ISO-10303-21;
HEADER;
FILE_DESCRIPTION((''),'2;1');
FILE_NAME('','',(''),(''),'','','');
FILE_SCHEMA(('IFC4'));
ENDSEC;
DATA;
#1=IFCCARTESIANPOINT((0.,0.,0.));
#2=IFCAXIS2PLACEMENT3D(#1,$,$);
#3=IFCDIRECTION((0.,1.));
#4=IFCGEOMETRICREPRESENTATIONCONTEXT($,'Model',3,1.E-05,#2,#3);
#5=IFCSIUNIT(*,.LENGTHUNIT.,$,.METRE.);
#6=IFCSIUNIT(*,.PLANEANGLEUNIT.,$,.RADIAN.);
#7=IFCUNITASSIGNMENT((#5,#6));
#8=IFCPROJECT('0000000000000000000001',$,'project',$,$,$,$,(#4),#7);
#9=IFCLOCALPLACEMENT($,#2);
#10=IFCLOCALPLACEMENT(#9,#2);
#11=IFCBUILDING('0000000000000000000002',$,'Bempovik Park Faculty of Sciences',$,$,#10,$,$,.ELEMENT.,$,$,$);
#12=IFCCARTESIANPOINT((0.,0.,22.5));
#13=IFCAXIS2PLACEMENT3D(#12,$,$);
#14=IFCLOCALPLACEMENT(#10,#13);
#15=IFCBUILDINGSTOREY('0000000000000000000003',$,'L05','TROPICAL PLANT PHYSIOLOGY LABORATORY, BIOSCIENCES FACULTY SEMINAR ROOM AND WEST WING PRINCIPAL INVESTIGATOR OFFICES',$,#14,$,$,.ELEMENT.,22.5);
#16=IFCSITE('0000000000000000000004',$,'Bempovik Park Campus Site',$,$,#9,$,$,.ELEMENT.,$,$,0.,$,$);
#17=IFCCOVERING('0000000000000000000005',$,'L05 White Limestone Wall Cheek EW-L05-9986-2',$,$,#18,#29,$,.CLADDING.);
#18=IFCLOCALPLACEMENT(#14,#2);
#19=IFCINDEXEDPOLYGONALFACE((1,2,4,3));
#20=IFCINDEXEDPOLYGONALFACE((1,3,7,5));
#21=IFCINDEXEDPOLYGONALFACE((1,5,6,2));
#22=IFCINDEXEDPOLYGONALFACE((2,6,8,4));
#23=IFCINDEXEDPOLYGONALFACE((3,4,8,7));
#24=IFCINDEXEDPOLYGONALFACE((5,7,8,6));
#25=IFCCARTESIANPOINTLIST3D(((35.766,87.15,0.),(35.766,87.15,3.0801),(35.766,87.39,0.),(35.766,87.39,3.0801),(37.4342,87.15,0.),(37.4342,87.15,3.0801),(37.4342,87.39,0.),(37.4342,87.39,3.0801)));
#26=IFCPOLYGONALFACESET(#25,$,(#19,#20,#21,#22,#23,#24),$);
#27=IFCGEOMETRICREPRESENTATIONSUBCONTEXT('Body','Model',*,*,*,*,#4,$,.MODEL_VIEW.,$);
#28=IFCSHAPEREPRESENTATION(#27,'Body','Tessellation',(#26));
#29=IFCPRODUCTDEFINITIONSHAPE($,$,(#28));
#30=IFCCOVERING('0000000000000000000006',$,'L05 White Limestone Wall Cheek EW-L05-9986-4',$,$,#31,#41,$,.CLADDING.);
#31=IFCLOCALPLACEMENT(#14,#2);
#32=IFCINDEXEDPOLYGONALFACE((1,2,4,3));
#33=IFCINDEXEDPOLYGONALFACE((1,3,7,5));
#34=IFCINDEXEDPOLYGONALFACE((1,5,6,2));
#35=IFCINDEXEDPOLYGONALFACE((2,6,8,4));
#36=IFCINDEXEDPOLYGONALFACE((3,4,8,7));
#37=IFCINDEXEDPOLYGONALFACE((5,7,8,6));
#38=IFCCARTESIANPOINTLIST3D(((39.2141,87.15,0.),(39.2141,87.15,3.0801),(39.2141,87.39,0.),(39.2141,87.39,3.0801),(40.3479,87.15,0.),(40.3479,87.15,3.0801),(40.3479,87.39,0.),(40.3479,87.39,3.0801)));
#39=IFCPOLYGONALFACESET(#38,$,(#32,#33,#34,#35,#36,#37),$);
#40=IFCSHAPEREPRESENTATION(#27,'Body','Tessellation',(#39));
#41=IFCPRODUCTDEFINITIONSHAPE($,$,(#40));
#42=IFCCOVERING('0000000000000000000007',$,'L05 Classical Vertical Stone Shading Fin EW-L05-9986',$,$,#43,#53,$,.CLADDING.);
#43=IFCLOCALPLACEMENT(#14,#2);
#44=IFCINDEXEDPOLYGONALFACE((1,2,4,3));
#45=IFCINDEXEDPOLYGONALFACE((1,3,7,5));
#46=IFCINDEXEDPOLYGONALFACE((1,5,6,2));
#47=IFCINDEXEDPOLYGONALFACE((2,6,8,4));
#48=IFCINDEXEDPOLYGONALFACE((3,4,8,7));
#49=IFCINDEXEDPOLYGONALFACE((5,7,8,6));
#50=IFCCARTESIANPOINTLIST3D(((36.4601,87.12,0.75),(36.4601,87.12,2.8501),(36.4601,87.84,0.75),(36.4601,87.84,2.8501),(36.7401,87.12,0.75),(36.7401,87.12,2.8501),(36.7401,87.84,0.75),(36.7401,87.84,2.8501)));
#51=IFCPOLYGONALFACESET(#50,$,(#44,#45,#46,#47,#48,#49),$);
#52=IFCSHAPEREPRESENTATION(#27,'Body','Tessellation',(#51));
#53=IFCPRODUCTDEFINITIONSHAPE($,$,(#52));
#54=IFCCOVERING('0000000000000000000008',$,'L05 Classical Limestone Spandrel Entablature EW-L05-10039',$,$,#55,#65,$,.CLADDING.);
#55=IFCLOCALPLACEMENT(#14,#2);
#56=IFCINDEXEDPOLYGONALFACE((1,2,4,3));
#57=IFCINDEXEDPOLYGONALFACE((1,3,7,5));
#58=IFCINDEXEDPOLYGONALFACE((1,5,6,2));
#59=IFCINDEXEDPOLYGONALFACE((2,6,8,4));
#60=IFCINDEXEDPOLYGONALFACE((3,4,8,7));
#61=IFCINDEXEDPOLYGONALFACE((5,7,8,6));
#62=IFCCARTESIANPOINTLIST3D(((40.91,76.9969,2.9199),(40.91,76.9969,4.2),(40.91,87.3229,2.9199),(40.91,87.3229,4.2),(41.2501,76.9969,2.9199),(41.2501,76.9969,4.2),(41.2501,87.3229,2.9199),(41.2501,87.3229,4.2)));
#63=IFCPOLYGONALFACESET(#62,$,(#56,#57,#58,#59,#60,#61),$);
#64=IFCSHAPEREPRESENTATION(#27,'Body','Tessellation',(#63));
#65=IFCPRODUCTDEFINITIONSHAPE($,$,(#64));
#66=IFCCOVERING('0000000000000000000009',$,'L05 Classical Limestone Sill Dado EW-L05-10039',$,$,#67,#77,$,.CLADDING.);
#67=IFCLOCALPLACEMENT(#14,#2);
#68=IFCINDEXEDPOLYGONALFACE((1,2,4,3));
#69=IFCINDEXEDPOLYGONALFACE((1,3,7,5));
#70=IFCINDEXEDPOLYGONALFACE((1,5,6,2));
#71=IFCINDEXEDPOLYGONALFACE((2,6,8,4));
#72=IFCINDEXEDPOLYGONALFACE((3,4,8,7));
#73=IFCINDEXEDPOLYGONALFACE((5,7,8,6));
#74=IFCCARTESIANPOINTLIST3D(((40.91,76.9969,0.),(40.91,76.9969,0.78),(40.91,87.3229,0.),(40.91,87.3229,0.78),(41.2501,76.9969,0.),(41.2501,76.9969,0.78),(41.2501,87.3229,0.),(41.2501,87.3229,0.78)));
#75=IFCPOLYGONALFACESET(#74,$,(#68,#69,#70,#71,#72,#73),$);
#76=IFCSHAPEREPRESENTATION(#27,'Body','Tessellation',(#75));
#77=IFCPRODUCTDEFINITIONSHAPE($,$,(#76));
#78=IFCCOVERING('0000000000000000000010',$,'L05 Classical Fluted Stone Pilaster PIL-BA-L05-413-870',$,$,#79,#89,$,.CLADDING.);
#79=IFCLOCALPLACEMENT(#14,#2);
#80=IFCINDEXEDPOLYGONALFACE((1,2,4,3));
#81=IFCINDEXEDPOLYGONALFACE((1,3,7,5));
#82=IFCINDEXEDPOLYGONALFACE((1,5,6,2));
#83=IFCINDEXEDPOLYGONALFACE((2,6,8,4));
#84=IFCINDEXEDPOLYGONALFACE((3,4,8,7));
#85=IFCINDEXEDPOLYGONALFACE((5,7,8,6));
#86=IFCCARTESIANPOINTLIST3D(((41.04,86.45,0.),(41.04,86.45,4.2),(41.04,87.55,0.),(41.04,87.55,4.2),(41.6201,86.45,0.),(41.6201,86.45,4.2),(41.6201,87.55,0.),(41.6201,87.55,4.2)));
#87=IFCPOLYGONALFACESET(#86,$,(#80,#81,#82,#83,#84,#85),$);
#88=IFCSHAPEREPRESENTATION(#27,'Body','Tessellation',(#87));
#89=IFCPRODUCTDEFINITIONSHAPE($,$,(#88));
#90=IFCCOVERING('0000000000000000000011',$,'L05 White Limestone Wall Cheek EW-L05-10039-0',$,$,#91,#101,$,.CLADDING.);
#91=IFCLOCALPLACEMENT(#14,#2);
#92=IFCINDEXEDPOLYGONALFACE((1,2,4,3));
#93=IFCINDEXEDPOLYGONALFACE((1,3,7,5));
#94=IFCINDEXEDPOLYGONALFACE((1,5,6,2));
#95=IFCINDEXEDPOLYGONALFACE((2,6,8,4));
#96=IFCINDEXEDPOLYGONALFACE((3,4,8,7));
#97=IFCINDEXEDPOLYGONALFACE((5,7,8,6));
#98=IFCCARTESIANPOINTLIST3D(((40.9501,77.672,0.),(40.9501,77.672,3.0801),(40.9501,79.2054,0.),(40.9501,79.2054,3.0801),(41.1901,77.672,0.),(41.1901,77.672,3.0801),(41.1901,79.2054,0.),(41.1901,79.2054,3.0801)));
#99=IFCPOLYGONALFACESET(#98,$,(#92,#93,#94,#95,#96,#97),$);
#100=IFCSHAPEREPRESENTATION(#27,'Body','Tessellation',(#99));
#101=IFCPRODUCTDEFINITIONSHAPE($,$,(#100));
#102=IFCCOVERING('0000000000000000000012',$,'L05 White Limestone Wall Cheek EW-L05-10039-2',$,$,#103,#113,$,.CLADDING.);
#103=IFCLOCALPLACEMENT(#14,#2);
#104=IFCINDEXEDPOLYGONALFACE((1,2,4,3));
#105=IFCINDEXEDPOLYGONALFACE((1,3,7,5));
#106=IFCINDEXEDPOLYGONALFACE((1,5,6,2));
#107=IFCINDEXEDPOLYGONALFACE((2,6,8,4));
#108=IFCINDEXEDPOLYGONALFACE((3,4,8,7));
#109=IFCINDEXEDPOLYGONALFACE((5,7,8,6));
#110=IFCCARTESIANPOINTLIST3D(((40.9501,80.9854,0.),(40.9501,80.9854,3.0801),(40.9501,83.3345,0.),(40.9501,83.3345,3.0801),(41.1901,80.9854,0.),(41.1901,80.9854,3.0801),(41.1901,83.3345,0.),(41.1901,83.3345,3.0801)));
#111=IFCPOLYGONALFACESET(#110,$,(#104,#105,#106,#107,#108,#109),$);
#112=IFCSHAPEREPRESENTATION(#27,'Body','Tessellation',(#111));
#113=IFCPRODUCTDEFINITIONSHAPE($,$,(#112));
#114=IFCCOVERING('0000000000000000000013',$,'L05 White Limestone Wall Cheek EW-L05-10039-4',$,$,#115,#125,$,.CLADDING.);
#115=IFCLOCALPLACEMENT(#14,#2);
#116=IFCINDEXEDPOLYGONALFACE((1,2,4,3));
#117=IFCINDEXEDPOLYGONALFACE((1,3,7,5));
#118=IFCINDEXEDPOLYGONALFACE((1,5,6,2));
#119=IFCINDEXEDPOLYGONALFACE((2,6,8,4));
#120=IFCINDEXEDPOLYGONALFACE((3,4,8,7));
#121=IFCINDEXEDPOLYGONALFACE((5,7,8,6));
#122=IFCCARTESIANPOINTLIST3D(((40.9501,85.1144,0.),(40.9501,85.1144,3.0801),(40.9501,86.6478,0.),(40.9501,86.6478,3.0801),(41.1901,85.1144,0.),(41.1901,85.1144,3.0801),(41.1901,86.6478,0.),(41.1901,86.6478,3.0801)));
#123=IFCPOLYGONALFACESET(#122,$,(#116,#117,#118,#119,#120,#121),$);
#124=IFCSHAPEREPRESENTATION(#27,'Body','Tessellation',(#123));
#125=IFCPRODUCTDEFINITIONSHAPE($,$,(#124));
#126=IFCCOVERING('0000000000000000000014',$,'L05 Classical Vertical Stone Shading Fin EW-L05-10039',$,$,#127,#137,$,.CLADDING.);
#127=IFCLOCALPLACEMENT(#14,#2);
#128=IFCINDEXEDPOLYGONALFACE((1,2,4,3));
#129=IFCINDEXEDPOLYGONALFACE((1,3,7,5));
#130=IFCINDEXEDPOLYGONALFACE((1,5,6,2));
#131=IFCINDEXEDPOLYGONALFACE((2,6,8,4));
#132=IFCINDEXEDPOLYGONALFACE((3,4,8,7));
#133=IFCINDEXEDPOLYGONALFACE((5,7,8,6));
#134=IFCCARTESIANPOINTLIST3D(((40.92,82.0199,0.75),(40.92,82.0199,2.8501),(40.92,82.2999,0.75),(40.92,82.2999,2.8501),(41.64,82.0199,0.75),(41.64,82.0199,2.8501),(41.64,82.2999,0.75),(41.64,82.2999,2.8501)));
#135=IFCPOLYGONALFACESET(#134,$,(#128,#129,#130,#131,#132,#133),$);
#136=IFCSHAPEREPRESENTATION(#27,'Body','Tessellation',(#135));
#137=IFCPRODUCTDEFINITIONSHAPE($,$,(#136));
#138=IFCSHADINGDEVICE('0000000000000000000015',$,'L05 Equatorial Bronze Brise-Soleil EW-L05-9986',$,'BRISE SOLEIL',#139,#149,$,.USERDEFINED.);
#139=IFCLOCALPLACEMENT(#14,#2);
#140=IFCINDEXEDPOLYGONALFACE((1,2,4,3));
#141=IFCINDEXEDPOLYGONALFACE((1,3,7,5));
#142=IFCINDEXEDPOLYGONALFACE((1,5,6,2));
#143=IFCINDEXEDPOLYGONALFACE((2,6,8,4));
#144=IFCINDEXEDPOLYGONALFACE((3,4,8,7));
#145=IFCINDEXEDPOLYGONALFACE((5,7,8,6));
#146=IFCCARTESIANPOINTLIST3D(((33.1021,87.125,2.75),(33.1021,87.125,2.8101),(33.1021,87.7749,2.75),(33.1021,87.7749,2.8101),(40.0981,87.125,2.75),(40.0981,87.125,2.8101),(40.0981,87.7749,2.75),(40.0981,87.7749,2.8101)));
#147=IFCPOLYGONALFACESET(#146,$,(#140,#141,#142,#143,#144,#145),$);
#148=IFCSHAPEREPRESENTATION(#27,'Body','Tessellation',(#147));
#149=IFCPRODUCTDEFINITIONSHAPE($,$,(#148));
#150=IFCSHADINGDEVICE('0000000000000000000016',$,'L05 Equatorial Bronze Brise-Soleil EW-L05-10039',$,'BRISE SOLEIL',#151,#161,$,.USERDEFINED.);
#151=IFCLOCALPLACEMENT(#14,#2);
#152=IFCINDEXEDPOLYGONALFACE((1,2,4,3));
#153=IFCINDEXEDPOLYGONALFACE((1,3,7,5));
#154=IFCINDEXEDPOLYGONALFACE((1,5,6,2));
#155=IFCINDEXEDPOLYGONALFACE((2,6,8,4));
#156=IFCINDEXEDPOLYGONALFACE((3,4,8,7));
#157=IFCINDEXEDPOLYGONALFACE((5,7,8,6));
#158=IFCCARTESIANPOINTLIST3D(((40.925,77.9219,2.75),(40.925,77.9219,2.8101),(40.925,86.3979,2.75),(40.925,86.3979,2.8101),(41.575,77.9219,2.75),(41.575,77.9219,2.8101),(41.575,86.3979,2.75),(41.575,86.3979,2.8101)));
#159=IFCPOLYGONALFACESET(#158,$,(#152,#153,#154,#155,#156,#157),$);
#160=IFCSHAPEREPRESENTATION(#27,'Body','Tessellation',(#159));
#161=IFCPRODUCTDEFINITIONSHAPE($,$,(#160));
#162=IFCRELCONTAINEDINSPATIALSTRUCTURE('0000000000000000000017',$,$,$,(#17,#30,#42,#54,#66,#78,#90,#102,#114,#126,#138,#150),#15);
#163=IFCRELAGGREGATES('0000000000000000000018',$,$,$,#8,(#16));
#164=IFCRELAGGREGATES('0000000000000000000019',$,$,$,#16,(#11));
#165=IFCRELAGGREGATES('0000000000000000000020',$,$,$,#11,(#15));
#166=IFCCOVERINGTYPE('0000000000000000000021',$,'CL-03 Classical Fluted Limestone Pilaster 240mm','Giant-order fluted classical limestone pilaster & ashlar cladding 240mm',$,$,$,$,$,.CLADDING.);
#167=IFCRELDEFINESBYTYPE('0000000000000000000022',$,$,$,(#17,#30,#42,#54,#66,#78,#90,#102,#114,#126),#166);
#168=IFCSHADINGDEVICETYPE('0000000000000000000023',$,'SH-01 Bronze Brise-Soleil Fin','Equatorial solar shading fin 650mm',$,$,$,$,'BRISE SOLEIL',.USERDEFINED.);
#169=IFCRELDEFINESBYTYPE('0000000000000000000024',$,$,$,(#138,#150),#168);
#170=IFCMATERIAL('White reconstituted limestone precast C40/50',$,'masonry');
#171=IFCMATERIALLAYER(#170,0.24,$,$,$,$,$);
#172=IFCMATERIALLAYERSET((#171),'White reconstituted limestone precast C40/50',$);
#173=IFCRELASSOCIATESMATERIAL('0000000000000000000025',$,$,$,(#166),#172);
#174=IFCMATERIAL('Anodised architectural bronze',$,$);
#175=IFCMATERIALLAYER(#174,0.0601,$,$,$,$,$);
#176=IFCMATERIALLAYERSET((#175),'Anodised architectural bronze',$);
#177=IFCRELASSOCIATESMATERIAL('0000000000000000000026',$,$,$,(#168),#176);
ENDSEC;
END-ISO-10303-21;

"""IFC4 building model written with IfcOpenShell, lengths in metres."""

from ifc_helpers import new_model, si_unit, direction, frame, origin, origin_2d, place, context, subcontext, project, spatial, rectangle, extrude, material, layer, layer_set, type_object, element, save


model = new_model("IFC4")

# Units and contexts
model_context = context("Model", 3, precision=1e-05, world=origin(), true_north=direction((0.0, 1.0)))
body_context = subcontext(model_context, "Body", "Model", "MODEL_VIEW")
ifc_project = project(units=[si_unit("LENGTHUNIT", "METRE"), si_unit("PLANEANGLEUNIT", "RADIAN")], contexts=[model_context])

# Site, building, storey
site_placement = place(None, origin())
site = spatial("IfcSite", under=ifc_project, at=site_placement, Name="Bempovik Park Campus Site", CompositionType="ELEMENT", RefElevation=0.0)
building_placement = place(site_placement, origin())
building = spatial("IfcBuilding", under=site, at=building_placement, Name="Bempovik Park Faculty of Sciences", CompositionType="ELEMENT")
storey_placement = place(building_placement, frame((0.0, 0.0, 22.5)))
storey = spatial("IfcBuildingStorey", under=building, at=storey_placement, Name="L05", Description="TROPICAL PLANT PHYSIOLOGY LABORATORY, BIOSCIENCES FACULTY SEMINAR ROOM AND WEST WING PRINCIPAL INVESTIGATOR OFFICES", CompositionType="ELEMENT", Elevation=22.5)

# Coverings
ifc_material_1 = material(Name="White reconstituted limestone precast C40/50", Category="masonry")
ifc_layer_1 = layer(ifc_material_1, 0.24)
ifc_layer_set_1 = layer_set([ifc_layer_1], Name="White reconstituted limestone precast C40/50")
covering_type_1 = type_object("IfcCoveringType", Name="CL-03 Classical Fluted Limestone Pilaster 240mm", Description="Giant-order fluted classical limestone pilaster & ashlar cladding 240mm", PredefinedType="CLADDING", material=ifc_layer_set_1)
covering_1_placement = place(storey_placement, frame((36.6001, 87.27, 0.0), z_axis=(0.0, 0.0, 1.0), x_axis=(1.0, 0.0, 0.0)))
element("IfcCovering", 1, at=covering_1_placement, inside=storey, type_object=covering_type_1, Name="L05 White Limestone Wall Cheek EW-L05-9986-2", PredefinedType="CLADDING", context=body_context, shape_type="SweptSolid", body=[
    extrude(rectangle(XDim=1.6682, YDim=0.24, at=origin_2d()), origin(), (0.0, 0.0, 1.0), 3.0801),
])
covering_2_placement = place(storey_placement, frame((39.781, 87.27, 0.0), z_axis=(0.0, 0.0, 1.0), x_axis=(1.0, 0.0, 0.0)))
element("IfcCovering", 2, at=covering_2_placement, inside=storey, type_object=covering_type_1, Name="L05 White Limestone Wall Cheek EW-L05-9986-4", PredefinedType="CLADDING", context=body_context, shape_type="SweptSolid", body=[
    extrude(rectangle(XDim=1.1338, YDim=0.24, at=origin_2d()), origin(), (0.0, 0.0, 1.0), 3.0801),
])
covering_3_placement = place(storey_placement, frame((36.6001, 87.48, 0.75), z_axis=(0.0, 0.0, 1.0), x_axis=(1.0, 0.0, 0.0)))
element("IfcCovering", 3, at=covering_3_placement, inside=storey, type_object=covering_type_1, Name="L05 Classical Vertical Stone Shading Fin EW-L05-9986", PredefinedType="CLADDING", context=body_context, shape_type="SweptSolid", body=[
    extrude(rectangle(XDim=0.28, YDim=0.72, at=origin_2d()), origin(), (0.0, 0.0, 1.0), 2.1001),
])
covering_4_placement = place(storey_placement, frame((41.0801, 82.1599, 2.9199), z_axis=(0.0, 0.0, 1.0), x_axis=(1.0, 0.0, 0.0)))
element("IfcCovering", 4, at=covering_4_placement, inside=storey, type_object=covering_type_1, Name="L05 Classical Limestone Spandrel Entablature EW-L05-10039", PredefinedType="CLADDING", context=body_context, shape_type="SweptSolid", body=[
    extrude(rectangle(XDim=0.3401, YDim=10.3259, at=origin_2d()), origin(), (0.0, 0.0, 1.0), 1.28),
])
covering_5_placement = place(storey_placement, frame((41.0801, 82.1599, 0.0), z_axis=(0.0, 0.0, 1.0), x_axis=(1.0, 0.0, 0.0)))
element("IfcCovering", 5, at=covering_5_placement, inside=storey, type_object=covering_type_1, Name="L05 Classical Limestone Sill Dado EW-L05-10039", PredefinedType="CLADDING", context=body_context, shape_type="SweptSolid", body=[
    extrude(rectangle(XDim=0.3401, YDim=10.3259, at=origin_2d()), origin(), (0.0, 0.0, 1.0), 0.78),
])
covering_6_placement = place(storey_placement, frame((41.3301, 87.0, 0.0), z_axis=(0.0, 0.0, 1.0), x_axis=(1.0, 0.0, 0.0)))
element("IfcCovering", 6, at=covering_6_placement, inside=storey, type_object=covering_type_1, Name="L05 Classical Fluted Stone Pilaster PIL-BA-L05-413-870", PredefinedType="CLADDING", context=body_context, shape_type="SweptSolid", body=[
    extrude(rectangle(XDim=0.5801, YDim=1.1001, at=origin_2d()), origin(), (0.0, 0.0, 1.0), 4.2),
])
covering_7_placement = place(storey_placement, frame((41.0701, 78.4387, 0.0), z_axis=(0.0, 0.0, 1.0), x_axis=(1.0, 0.0, 0.0)))
element("IfcCovering", 7, at=covering_7_placement, inside=storey, type_object=covering_type_1, Name="L05 White Limestone Wall Cheek EW-L05-10039-0", PredefinedType="CLADDING", context=body_context, shape_type="SweptSolid", body=[
    extrude(rectangle(XDim=0.24, YDim=1.5334, at=origin_2d()), origin(), (0.0, 0.0, 1.0), 3.0801),
])
covering_8_placement = place(storey_placement, frame((41.0701, 82.1599, 0.0), z_axis=(0.0, 0.0, 1.0), x_axis=(1.0, 0.0, 0.0)))
element("IfcCovering", 8, at=covering_8_placement, inside=storey, type_object=covering_type_1, Name="L05 White Limestone Wall Cheek EW-L05-10039-2", PredefinedType="CLADDING", context=body_context, shape_type="SweptSolid", body=[
    extrude(rectangle(XDim=0.24, YDim=2.3491, at=origin_2d()), origin(), (0.0, 0.0, 1.0), 3.0801),
])
covering_9_placement = place(storey_placement, frame((41.0701, 85.8811, 0.0), z_axis=(0.0, 0.0, 1.0), x_axis=(1.0, 0.0, 0.0)))
element("IfcCovering", 9, at=covering_9_placement, inside=storey, type_object=covering_type_1, Name="L05 White Limestone Wall Cheek EW-L05-10039-4", PredefinedType="CLADDING", context=body_context, shape_type="SweptSolid", body=[
    extrude(rectangle(XDim=0.24, YDim=1.5334, at=origin_2d()), origin(), (0.0, 0.0, 1.0), 3.0801),
])
covering_10_placement = place(storey_placement, frame((41.28, 82.1599, 0.75), z_axis=(0.0, 0.0, 1.0), x_axis=(1.0, 0.0, 0.0)))
element("IfcCovering", 10, at=covering_10_placement, inside=storey, type_object=covering_type_1, Name="L05 Classical Vertical Stone Shading Fin EW-L05-10039", PredefinedType="CLADDING", context=body_context, shape_type="SweptSolid", body=[
    extrude(rectangle(XDim=0.72, YDim=0.28, at=origin_2d()), origin(), (0.0, 0.0, 1.0), 2.1001),
])

# Shading devices
ifc_material_2 = material(Name="Anodised architectural bronze")
ifc_layer_2 = layer(ifc_material_2, 0.0601)
ifc_layer_set_2 = layer_set([ifc_layer_2], Name="Anodised architectural bronze")
shading_device_type = type_object("IfcShadingDeviceType", Name="SH-01 Bronze Brise-Soleil Fin", Description="Equatorial solar shading fin 650mm", ElementType="BRISE SOLEIL", PredefinedType="USERDEFINED", material=ifc_layer_set_2)
shading_device_1_placement = place(storey_placement, frame((36.6001, 87.45, 2.75), z_axis=(0.0, 0.0, 1.0), x_axis=(1.0, 0.0, 0.0)))
element("IfcShadingDevice", 11, at=shading_device_1_placement, inside=storey, type_object=shading_device_type, Name="L05 Equatorial Bronze Brise-Soleil EW-L05-9986", ObjectType="BRISE SOLEIL", PredefinedType="USERDEFINED", context=body_context, shape_type="SweptSolid", body=[
    extrude(rectangle(XDim=6.9961, YDim=0.6499, at=origin_2d()), origin(), (0.0, 0.0, 1.0), 0.0601),
])
shading_device_2_placement = place(storey_placement, frame((41.25, 82.1599, 2.75), z_axis=(0.0, 0.0, 1.0), x_axis=(1.0, 0.0, 0.0)))
element("IfcShadingDevice", 12, at=shading_device_2_placement, inside=storey, type_object=shading_device_type, Name="L05 Equatorial Bronze Brise-Soleil EW-L05-10039", ObjectType="BRISE SOLEIL", PredefinedType="USERDEFINED", context=body_context, shape_type="SweptSolid", body=[
    extrude(rectangle(XDim=0.6499, YDim=8.4761, at=origin_2d()), origin(), (0.0, 0.0, 1.0), 0.0601),
])

save(model, "model.ifc")
